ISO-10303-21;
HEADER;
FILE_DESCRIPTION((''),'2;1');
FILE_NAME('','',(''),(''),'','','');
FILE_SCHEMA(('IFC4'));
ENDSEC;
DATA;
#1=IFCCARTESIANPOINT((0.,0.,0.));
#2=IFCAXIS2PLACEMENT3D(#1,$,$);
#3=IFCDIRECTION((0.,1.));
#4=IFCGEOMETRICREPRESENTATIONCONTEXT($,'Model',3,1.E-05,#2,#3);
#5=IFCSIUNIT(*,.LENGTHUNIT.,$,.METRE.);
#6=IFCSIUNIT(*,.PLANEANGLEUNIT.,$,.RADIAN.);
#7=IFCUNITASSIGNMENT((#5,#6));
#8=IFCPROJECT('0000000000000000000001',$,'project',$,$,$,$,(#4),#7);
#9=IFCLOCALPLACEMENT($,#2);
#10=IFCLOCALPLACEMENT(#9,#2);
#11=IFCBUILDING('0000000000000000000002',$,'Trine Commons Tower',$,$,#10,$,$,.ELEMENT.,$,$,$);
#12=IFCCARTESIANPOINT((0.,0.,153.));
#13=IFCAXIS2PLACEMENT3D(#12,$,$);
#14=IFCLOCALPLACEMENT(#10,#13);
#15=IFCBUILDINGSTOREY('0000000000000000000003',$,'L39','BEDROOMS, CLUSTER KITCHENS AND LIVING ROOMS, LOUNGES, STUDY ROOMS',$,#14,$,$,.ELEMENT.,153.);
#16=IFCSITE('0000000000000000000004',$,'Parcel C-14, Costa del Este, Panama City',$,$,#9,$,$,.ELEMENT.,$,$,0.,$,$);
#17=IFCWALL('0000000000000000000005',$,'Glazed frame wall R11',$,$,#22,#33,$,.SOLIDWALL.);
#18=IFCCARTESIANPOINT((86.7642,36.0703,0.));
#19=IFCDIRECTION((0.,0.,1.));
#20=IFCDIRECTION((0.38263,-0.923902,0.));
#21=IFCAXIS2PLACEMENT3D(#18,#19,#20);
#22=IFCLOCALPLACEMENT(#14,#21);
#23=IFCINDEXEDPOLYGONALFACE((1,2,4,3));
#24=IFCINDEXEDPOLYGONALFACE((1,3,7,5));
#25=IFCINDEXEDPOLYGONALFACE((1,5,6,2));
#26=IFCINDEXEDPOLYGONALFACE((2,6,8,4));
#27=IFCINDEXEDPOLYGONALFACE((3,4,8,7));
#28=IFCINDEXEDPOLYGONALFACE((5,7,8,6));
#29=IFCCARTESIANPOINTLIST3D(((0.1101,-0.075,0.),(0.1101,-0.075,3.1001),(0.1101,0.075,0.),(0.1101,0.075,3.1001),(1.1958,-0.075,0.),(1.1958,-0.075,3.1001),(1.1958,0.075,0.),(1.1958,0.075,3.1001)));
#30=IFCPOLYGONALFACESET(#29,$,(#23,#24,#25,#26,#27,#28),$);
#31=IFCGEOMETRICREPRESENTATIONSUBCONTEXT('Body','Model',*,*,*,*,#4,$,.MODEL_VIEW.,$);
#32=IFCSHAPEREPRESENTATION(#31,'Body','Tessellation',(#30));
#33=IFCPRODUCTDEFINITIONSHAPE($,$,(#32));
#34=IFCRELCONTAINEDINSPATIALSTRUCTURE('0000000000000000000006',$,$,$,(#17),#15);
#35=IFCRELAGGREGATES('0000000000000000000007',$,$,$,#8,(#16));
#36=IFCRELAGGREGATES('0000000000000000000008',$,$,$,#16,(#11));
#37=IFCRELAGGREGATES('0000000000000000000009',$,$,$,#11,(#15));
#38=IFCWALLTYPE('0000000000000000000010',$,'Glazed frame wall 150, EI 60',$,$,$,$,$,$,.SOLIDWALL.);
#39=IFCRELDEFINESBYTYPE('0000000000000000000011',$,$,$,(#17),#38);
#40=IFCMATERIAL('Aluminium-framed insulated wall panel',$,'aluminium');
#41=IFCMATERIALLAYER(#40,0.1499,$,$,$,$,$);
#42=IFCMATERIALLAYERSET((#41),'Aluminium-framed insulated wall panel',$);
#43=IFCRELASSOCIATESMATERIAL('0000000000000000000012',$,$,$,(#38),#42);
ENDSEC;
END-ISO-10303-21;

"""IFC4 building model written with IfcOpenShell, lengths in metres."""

from ifc_helpers import new_model, si_unit, direction, frame, origin, place, context, subcontext, project, spatial, polyline, outline, extrude, material, layer, layer_set, type_object, element, save


model = new_model("IFC4")

# Units and contexts
model_context = context("Model", 3, precision=1e-05, world=origin(), true_north=direction((0.0, 1.0)))
body_context = subcontext(model_context, "Body", "Model", "MODEL_VIEW")
ifc_project = project(units=[si_unit("LENGTHUNIT", "METRE"), si_unit("PLANEANGLEUNIT", "RADIAN")], contexts=[model_context])

# Site, building, storey
site_placement = place(None, origin())
site = spatial("IfcSite", under=ifc_project, at=site_placement, Name="Parcel C-14, Costa del Este, Panama City", CompositionType="ELEMENT", RefElevation=0.0)
building_placement = place(site_placement, origin())
building = spatial("IfcBuilding", under=site, at=building_placement, Name="Trine Commons Tower", CompositionType="ELEMENT")
storey_placement = place(building_placement, frame((0.0, 0.0, 153.0)))
storey = spatial("IfcBuildingStorey", under=building, at=storey_placement, Name="L39", Description="BEDROOMS, CLUSTER KITCHENS AND LIVING ROOMS, LOUNGES, STUDY ROOMS", CompositionType="ELEMENT", Elevation=153.0)

# Shared definitions
ifc_material_1 = material(Name="Aluminium-framed insulated wall panel", Category="aluminium")
ifc_layer_1 = layer(ifc_material_1, 0.1499)
ifc_layer_set_1 = layer_set([ifc_layer_1], Name="Aluminium-framed insulated wall panel")
wall_type_1 = type_object("IfcWallType", Name="Glazed frame wall 150, EI 60", PredefinedType="SOLIDWALL", material=ifc_layer_set_1)

# Wall
wall_1_placement = place(storey_placement, frame((86.7642, 36.0703, 0.0), z_axis=(0.0, 0.0, 1.0), x_axis=(0.38263, -0.923902, 0.0)))
element("IfcWall", 1, at=wall_1_placement, inside=storey, type_object=wall_type_1, Name="Glazed frame wall R11", PredefinedType="SOLIDWALL", context=body_context, shape_type="SweptSolid", body=[
    extrude(outline(polyline([(0.1101, 0.075), (0.1101, -0.075), (1.1958, -0.075), (1.1958, 0.075), (0.1101, 0.075)])), origin(), (0.0, 0.0, 1.0), 3.1001),
])

save(model, "model.ifc")
